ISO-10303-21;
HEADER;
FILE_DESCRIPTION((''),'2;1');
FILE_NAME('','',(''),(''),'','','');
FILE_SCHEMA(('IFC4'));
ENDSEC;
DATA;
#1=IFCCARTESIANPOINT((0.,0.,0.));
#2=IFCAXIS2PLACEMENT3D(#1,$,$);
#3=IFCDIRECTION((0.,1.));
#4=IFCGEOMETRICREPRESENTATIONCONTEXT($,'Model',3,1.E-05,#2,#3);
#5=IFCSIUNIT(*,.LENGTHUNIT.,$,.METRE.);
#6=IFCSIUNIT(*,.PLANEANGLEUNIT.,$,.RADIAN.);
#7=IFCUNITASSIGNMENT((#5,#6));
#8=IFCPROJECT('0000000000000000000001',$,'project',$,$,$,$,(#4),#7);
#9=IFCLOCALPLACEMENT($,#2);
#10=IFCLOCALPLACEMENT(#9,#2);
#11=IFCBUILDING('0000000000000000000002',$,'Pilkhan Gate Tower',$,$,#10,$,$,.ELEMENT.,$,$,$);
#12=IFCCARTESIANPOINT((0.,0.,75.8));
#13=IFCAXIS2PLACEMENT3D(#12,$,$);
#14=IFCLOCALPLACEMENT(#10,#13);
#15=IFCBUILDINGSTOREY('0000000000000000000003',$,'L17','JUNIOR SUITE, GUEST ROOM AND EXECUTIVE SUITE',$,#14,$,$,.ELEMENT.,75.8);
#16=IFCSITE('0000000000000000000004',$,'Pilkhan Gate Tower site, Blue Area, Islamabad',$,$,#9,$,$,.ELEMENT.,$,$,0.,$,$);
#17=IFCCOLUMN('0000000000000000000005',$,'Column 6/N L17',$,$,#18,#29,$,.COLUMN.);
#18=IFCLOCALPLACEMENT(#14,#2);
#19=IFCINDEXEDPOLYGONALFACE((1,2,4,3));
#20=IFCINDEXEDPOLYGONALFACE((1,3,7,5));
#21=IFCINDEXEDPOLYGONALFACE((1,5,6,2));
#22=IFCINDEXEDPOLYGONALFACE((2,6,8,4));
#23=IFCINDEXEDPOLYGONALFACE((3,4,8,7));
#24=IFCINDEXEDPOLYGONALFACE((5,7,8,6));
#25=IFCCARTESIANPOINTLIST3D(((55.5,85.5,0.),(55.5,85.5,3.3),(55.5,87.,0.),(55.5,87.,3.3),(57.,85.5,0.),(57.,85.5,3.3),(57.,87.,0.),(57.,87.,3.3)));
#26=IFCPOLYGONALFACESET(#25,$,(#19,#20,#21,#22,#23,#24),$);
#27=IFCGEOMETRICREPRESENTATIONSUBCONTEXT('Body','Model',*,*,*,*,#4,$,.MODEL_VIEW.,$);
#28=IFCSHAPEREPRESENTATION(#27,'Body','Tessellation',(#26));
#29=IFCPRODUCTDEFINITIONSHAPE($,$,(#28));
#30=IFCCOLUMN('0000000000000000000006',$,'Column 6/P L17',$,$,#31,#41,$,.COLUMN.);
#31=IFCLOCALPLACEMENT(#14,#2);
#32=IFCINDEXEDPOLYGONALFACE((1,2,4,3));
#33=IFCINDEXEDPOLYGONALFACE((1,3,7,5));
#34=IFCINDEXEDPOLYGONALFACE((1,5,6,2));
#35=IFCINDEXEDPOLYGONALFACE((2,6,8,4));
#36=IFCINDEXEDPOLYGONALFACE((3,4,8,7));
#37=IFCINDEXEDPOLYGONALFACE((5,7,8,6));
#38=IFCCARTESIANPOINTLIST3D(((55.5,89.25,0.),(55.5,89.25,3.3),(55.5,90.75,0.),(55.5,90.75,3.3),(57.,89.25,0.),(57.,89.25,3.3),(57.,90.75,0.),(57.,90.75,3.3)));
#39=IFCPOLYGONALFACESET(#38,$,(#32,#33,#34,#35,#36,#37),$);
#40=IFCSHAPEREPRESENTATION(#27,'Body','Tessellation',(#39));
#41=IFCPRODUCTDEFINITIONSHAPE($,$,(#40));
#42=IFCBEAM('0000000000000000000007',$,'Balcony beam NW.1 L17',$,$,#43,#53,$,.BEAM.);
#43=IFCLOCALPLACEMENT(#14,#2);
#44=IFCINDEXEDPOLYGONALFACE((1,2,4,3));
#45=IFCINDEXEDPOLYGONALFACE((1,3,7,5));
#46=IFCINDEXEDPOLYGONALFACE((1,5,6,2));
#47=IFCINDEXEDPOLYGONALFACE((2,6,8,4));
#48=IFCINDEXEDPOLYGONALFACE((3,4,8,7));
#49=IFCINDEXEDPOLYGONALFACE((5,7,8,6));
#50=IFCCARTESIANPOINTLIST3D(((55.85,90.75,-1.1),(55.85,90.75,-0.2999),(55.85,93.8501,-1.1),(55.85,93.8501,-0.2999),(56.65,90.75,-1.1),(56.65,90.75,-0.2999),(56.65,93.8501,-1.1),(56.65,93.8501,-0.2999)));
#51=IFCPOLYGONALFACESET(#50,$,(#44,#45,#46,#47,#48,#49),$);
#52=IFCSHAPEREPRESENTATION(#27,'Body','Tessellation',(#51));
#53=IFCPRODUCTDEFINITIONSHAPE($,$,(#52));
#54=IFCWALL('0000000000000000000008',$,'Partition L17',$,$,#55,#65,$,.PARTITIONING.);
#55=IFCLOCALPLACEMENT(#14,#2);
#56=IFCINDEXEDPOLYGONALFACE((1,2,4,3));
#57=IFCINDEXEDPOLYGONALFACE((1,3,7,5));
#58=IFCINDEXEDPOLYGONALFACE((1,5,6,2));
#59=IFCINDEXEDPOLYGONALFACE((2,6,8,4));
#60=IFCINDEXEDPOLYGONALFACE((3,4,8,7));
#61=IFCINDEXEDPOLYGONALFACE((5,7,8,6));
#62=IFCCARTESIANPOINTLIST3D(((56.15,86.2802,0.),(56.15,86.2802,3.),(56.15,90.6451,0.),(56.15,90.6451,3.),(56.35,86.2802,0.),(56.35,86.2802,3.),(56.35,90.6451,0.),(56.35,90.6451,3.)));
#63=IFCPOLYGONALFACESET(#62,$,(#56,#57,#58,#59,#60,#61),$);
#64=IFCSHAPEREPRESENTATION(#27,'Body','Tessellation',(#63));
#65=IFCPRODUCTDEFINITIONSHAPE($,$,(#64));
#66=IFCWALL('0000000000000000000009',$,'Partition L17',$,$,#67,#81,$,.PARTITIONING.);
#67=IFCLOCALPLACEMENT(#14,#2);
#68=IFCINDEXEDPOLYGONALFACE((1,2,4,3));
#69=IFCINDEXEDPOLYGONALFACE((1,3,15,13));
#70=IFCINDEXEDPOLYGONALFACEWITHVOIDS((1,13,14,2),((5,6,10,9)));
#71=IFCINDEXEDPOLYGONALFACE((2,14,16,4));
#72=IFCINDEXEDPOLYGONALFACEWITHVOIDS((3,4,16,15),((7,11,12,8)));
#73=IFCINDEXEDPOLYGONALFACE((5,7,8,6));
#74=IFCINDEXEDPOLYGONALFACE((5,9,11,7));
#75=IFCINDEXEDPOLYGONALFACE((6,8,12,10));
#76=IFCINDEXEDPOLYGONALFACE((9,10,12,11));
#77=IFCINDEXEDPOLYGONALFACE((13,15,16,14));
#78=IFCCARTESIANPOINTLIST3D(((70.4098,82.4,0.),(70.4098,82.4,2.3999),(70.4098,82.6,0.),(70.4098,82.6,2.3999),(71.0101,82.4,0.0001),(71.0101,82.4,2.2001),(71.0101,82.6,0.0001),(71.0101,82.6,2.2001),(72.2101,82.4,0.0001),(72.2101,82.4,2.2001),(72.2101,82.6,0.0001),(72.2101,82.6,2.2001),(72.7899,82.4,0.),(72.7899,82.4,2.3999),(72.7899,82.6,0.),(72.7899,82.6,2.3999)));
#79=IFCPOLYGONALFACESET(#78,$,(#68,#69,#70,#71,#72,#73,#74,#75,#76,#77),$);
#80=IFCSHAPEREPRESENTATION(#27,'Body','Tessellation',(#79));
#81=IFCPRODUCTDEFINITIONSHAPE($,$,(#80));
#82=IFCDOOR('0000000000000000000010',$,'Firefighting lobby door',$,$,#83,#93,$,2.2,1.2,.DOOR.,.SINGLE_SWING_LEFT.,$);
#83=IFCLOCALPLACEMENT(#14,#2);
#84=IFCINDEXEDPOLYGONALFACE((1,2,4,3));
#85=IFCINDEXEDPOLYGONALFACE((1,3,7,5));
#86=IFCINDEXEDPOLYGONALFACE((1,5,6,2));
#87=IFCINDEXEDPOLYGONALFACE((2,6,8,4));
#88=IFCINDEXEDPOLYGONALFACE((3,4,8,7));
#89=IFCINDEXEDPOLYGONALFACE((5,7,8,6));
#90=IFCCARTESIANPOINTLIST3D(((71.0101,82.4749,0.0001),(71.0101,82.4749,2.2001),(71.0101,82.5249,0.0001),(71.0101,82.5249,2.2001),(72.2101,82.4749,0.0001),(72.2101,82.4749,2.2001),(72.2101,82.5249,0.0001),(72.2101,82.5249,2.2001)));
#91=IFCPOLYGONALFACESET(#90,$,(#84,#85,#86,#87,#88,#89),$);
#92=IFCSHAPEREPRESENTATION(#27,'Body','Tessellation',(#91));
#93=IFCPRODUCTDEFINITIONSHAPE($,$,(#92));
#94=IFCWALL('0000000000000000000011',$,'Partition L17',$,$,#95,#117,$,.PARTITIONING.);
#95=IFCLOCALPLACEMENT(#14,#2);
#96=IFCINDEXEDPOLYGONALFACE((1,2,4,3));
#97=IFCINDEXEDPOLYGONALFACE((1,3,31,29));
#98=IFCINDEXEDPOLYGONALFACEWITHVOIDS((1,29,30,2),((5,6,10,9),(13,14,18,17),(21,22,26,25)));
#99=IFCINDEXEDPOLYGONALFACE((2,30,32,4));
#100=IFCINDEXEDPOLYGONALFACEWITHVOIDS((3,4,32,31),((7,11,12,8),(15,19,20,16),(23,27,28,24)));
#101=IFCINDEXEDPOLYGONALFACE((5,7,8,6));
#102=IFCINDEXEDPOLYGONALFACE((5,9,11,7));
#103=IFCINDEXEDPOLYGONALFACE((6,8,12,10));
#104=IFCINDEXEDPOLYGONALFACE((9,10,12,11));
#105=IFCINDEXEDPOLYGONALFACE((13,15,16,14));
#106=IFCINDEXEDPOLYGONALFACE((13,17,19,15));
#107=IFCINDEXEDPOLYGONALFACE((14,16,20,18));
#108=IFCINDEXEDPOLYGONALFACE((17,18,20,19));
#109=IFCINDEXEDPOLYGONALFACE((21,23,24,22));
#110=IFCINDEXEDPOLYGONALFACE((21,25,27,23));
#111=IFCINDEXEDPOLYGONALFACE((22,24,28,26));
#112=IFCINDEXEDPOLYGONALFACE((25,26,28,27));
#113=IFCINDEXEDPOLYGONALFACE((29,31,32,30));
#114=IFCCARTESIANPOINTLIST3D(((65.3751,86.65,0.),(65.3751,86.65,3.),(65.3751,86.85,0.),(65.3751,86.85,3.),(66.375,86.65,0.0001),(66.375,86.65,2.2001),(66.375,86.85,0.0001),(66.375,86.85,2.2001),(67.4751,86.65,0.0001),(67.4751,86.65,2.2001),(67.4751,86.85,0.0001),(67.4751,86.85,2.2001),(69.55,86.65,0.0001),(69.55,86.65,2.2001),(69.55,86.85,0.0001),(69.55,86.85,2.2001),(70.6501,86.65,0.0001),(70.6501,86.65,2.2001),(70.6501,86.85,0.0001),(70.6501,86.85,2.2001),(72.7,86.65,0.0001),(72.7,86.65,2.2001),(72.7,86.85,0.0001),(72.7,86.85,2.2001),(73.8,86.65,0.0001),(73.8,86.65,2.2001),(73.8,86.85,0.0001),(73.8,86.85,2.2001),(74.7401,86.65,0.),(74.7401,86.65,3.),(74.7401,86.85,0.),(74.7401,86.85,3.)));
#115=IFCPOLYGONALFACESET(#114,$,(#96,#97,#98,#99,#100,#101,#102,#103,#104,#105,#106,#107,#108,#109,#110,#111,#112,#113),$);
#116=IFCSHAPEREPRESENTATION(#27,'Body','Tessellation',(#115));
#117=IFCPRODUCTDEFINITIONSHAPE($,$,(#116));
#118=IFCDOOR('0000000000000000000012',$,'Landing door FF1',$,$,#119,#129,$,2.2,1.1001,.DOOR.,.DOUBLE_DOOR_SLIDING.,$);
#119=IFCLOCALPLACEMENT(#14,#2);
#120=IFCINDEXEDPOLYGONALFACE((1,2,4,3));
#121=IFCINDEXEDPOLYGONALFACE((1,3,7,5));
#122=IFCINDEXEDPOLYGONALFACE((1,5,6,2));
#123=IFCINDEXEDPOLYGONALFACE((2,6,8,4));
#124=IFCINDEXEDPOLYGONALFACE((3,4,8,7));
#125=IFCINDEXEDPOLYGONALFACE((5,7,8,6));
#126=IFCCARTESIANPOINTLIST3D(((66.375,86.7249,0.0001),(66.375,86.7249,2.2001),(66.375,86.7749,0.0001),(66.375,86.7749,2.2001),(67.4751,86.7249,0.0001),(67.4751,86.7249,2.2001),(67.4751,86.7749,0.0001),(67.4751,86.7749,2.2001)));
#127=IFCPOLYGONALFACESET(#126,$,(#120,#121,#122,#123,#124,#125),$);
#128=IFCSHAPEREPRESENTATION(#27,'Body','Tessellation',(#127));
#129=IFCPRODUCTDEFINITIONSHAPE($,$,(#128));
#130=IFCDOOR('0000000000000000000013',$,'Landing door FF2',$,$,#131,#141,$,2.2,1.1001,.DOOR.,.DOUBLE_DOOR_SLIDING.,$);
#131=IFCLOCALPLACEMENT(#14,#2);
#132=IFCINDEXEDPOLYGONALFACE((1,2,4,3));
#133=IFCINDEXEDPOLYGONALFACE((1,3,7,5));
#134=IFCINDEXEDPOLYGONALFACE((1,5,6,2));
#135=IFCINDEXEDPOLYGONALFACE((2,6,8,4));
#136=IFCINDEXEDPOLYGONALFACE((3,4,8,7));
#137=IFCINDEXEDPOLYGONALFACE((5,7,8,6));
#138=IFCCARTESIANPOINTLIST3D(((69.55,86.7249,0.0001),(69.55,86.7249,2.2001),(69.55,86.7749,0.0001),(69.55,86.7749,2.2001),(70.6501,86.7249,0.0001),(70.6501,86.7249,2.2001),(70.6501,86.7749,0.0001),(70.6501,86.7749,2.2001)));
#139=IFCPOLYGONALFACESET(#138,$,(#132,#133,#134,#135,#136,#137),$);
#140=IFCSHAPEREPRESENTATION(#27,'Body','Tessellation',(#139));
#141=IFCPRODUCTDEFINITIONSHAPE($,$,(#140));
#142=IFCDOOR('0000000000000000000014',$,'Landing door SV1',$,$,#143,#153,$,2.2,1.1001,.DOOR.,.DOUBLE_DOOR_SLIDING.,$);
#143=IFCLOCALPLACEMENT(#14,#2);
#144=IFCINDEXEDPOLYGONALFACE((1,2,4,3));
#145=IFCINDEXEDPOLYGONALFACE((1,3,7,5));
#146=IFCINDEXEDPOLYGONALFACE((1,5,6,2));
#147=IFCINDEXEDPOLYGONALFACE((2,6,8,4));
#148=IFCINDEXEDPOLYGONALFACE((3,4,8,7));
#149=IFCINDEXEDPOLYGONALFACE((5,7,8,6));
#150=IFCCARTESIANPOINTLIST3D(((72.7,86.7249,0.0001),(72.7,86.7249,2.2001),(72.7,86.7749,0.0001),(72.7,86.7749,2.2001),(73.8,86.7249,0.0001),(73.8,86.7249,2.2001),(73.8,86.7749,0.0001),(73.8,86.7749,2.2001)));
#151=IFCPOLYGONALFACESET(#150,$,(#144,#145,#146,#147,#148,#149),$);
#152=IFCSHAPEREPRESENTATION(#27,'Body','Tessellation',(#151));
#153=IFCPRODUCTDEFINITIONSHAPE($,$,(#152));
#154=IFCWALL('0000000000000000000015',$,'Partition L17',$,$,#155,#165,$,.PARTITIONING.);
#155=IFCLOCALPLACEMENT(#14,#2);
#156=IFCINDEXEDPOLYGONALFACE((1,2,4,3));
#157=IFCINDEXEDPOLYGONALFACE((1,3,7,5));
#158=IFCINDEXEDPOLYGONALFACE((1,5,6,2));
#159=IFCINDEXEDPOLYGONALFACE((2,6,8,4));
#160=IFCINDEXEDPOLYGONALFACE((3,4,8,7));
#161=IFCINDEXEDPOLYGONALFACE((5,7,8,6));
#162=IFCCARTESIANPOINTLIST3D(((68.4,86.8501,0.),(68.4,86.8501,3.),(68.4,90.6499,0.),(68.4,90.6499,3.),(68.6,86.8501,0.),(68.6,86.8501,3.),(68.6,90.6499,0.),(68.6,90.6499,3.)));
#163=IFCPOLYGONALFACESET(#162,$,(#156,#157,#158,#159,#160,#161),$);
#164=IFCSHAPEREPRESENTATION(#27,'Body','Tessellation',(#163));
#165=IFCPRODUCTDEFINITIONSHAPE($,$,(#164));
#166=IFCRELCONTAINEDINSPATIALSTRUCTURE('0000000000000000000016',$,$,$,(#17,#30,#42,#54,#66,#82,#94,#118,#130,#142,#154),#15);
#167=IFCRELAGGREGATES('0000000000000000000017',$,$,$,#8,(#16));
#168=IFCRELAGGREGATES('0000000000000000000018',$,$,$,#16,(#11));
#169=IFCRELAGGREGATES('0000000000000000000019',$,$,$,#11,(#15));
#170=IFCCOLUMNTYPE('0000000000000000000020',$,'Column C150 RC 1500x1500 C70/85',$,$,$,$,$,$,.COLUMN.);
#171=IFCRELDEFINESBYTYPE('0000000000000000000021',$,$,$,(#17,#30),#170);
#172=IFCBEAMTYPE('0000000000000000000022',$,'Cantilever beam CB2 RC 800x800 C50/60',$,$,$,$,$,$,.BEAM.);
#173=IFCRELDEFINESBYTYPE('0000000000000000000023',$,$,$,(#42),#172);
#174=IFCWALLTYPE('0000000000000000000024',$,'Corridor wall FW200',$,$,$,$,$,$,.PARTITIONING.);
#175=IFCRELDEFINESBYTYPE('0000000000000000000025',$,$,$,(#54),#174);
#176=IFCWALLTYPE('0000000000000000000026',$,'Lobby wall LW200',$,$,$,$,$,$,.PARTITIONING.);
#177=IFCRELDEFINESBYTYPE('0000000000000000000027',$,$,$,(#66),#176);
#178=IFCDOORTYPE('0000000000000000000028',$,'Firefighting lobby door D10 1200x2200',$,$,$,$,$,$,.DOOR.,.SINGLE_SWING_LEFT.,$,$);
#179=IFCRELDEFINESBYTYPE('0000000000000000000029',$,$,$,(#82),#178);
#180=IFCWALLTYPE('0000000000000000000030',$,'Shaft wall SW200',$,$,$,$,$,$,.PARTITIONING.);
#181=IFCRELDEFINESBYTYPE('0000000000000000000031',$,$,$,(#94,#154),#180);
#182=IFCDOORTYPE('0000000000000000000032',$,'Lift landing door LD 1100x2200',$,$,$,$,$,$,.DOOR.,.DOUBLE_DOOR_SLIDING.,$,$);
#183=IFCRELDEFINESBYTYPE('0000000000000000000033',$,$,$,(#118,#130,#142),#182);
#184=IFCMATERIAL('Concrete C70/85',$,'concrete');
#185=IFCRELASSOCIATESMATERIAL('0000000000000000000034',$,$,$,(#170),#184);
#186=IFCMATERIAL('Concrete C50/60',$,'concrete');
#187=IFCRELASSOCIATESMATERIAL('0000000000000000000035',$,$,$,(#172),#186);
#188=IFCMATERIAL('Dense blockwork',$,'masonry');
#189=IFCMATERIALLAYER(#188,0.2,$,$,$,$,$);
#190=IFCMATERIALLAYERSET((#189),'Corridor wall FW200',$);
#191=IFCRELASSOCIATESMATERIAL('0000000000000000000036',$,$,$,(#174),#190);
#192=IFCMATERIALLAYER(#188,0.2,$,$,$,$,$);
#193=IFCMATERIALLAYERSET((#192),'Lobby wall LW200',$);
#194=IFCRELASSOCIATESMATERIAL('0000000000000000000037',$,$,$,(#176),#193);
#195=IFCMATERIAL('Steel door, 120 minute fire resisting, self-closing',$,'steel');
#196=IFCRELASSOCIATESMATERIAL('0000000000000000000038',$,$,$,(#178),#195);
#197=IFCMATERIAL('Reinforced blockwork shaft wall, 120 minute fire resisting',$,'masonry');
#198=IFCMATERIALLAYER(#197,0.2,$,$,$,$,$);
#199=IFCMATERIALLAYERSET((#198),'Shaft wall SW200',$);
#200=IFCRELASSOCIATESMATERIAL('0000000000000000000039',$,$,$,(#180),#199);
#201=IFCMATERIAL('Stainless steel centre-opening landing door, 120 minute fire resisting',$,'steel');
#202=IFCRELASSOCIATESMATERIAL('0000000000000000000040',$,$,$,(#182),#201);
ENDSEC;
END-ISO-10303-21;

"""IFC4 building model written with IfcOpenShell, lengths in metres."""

from ifc_helpers import new_model, si_unit, direction, frame, frame_2d, origin, origin_2d, place, context, subcontext, project, spatial, rectangle, extrude, material, layer, layer_set, material_profile, profile_set, type_object, element, fill, save


model = new_model("IFC4")

# Units and contexts
model_context = context("Model", 3, precision=1e-05, world=origin(), true_north=direction((0.0, 1.0)))
body_context = subcontext(model_context, "Body", "Model", "MODEL_VIEW")
ifc_project = project(units=[si_unit("LENGTHUNIT", "METRE"), si_unit("PLANEANGLEUNIT", "RADIAN")], contexts=[model_context])

# Site, building, storey
site_placement = place(None, origin())
site = spatial("IfcSite", under=ifc_project, at=site_placement, Name="Pilkhan Gate Tower site, Blue Area, Islamabad", CompositionType="ELEMENT", RefElevation=0.0)
building_placement = place(site_placement, origin())
building = spatial("IfcBuilding", under=site, at=building_placement, Name="Pilkhan Gate Tower", CompositionType="ELEMENT")
storey_placement = place(building_placement, frame((0.0, 0.0, 75.8)))
storey = spatial("IfcBuildingStorey", under=building, at=storey_placement, Name="L17", Description="JUNIOR SUITE, GUEST ROOM AND EXECUTIVE SUITE", CompositionType="ELEMENT", Elevation=75.8)

# Columns
ifc_material_1 = material(Name="Concrete C70/85", Category="concrete")
ifc_material_profile_1 = material_profile(ifc_material_1, rectangle(XDim=1.5, YDim=1.5, at=origin_2d()), Name="RC 1500x1500")
ifc_profile_set_1 = profile_set([ifc_material_profile_1], Name="Concrete C70/85")
column_type = type_object("IfcColumnType", Name="Column C150 RC 1500x1500 C70/85", PredefinedType="COLUMN", material=ifc_profile_set_1)
for number, where, z_axis, x_axis, name in (
    (1, (56.25, 86.25, 0.0), (0.0, 0.0, 1.0), (1.0, 0.0, 0.0), "Column 6/N L17"),
    (2, (56.25, 90.0, 0.0), (0.0, 0.0, 1.0), (1.0, 0.0, 0.0), "Column 6/P L17"),
):
    element("IfcColumn", number, at=place(storey_placement, frame(where, z_axis=z_axis, x_axis=x_axis)), inside=storey, type_object=column_type, Name=name, PredefinedType="COLUMN", context=body_context, shape_type="SweptSolid", body=[
        extrude(rectangle(XDim=1.5, YDim=1.5, at=origin_2d()), origin(), (0.0, 0.0, 1.0), 3.3),
    ])

# Beam
ifc_material_2 = material(Name="Concrete C50/60", Category="concrete")
ifc_material_profile_2 = material_profile(ifc_material_2, rectangle(XDim=0.8, YDim=0.8, at=origin_2d()), Name="RC 800x800")
ifc_profile_set_2 = profile_set([ifc_material_profile_2], Name="Concrete C50/60")
beam_type = type_object("IfcBeamType", Name="Cantilever beam CB2 RC 800x800 C50/60", PredefinedType="BEAM", material=ifc_profile_set_2)
beam_placement = place(storey_placement, frame((56.25, 90.75, -0.7), z_axis=(0.0, 1.0, 0.0), x_axis=(-1.0, 0.0, 0.0)))
element("IfcBeam", 3, at=beam_placement, inside=storey, type_object=beam_type, Name="Balcony beam NW.1 L17", PredefinedType="BEAM", context=body_context, shape_type="SweptSolid", body=[
    extrude(rectangle(XDim=0.8, YDim=0.8, at=origin_2d()), origin(), (0.0, 0.0, 1.0), 3.1001),
])

# Wall
ifc_material_3 = material(Name="Dense blockwork", Category="masonry")
ifc_layer_1 = layer(ifc_material_3, 0.2)
ifc_layer_set_1 = layer_set([ifc_layer_1], Name="Corridor wall FW200")
wall_type_1 = type_object("IfcWallType", Name="Corridor wall FW200", PredefinedType="PARTITIONING", material=ifc_layer_set_1)
wall_1_placement = place(storey_placement, frame((56.25, 86.28, 0.0), z_axis=(0.0, 0.0, 1.0), x_axis=(0.0, 1.0, 0.0)))
element("IfcWall", 4, at=wall_1_placement, inside=storey, type_object=wall_type_1, Name="Partition L17", PredefinedType="PARTITIONING", context=body_context, shape_type="SweptSolid", body=[
    extrude(rectangle(XDim=4.365, YDim=0.2, at=frame_2d((2.1826, 0.0))), origin(), (0.0, 0.0, 1.0), 3.0),
])

# Wall, opening, door
ifc_layer_2 = layer(ifc_material_3, 0.2)
ifc_layer_set_2 = layer_set([ifc_layer_2], Name="Lobby wall LW200")
wall_type_2 = type_object("IfcWallType", Name="Lobby wall LW200", PredefinedType="PARTITIONING", material=ifc_layer_set_2)
wall_2_placement = place(storey_placement, frame((70.4099, 82.5, 0.0), z_axis=(0.0, 0.0, 1.0), x_axis=(1.0, 0.0, 0.0)))
wall_2 = element("IfcWall", 5, at=wall_2_placement, inside=storey, type_object=wall_type_2, Name="Partition L17", PredefinedType="PARTITIONING", context=body_context, shape_type="SweptSolid", body=[
    extrude(rectangle(XDim=2.3801, YDim=0.2, at=frame_2d((1.1899, 0.0))), origin(), (0.0, 0.0, 1.0), 2.3999),
])
opening_1_placement = place(wall_2_placement, frame((0.6001, 0.0, 0.0)))
opening_1 = element("IfcOpeningElement", 6, at=opening_1_placement, cuts=wall_2, PredefinedType="OPENING", context=body_context, shape_type="SweptSolid", body=[
    extrude(rectangle(XDim=1.2, YDim=2.2, at=frame_2d((0.6001, 1.1001))), frame((0.0, 0.1099, 0.0), z_axis=(0.0, -1.0, 0.0), x_axis=(1.0, 0.0, 0.0)), (0.0, 0.0, 1.0), 0.22),
])
ifc_material_4 = material(Name="Steel door, 120 minute fire resisting, self-closing", Category="steel")
door_type_1 = type_object("IfcDoorType", Name="Firefighting lobby door D10 1200x2200", OperationType="SINGLE_SWING_LEFT", PredefinedType="DOOR", material=ifc_material_4)
door_1_placement = place(opening_1_placement, origin())
door_1 = element("IfcDoor", 7, at=door_1_placement, inside=storey, type_object=door_type_1, Name="Firefighting lobby door", OperationType="SINGLE_SWING_LEFT", OverallHeight=2.2, OverallWidth=1.2, PredefinedType="DOOR", context=body_context, shape_type="SweptSolid", body=[
    extrude(rectangle(XDim=1.2, YDim=2.2, at=frame_2d((0.6001, 1.1001))), frame((0.0, 0.0249, 0.0), z_axis=(0.0, -1.0, 0.0), x_axis=(1.0, 0.0, 0.0)), (0.0, 0.0, 1.0), 0.05),
])
fill(opening_1, door_1)

# Wall, openings, doors
ifc_material_5 = material(Name="Reinforced blockwork shaft wall, 120 minute fire resisting", Category="masonry")
ifc_layer_3 = layer(ifc_material_5, 0.2)
ifc_layer_set_3 = layer_set([ifc_layer_3], Name="Shaft wall SW200")
wall_type_3 = type_object("IfcWallType", Name="Shaft wall SW200", PredefinedType="PARTITIONING", material=ifc_layer_set_3)
wall_3_placement = place(storey_placement, frame((65.375, 86.75, 0.0), z_axis=(0.0, 0.0, 1.0), x_axis=(1.0, 0.0, 0.0)))
wall_3 = element("IfcWall", 8, at=wall_3_placement, inside=storey, type_object=wall_type_3, Name="Partition L17", PredefinedType="PARTITIONING", context=body_context, shape_type="SweptSolid", body=[
    extrude(rectangle(XDim=9.365, YDim=0.2, at=frame_2d((4.6826, 0.0))), origin(), (0.0, 0.0, 1.0), 3.0),
])
opening_2_placement = place(wall_3_placement, frame((1.0, 0.0, 0.0)))
opening_2 = element("IfcOpeningElement", 9, at=opening_2_placement, cuts=wall_3, PredefinedType="OPENING", context=body_context, shape_type="SweptSolid", body=[
    extrude(rectangle(XDim=1.1001, YDim=2.2, at=frame_2d((0.55, 1.1001))), frame((0.0, 0.1099, 0.0), z_axis=(0.0, -1.0, 0.0), x_axis=(1.0, 0.0, 0.0)), (0.0, 0.0, 1.0), 0.22),
])
opening_3_placement = place(wall_3_placement, frame((4.175, 0.0, 0.0)))
opening_3 = element("IfcOpeningElement", 10, at=opening_3_placement, cuts=wall_3, PredefinedType="OPENING", context=body_context, shape_type="SweptSolid", body=[
    extrude(rectangle(XDim=1.1001, YDim=2.2, at=frame_2d((0.55, 1.1001))), frame((0.0, 0.1099, 0.0), z_axis=(0.0, -1.0, 0.0), x_axis=(1.0, 0.0, 0.0)), (0.0, 0.0, 1.0), 0.22),
])
opening_4_placement = place(wall_3_placement, frame((7.325, 0.0, 0.0)))
opening_4 = element("IfcOpeningElement", 11, at=opening_4_placement, cuts=wall_3, PredefinedType="OPENING", context=body_context, shape_type="SweptSolid", body=[
    extrude(rectangle(XDim=1.1001, YDim=2.2, at=frame_2d((0.55, 1.1001))), frame((0.0, 0.1099, 0.0), z_axis=(0.0, -1.0, 0.0), x_axis=(1.0, 0.0, 0.0)), (0.0, 0.0, 1.0), 0.22),
])
ifc_material_6 = material(Name="Stainless steel centre-opening landing door, 120 minute fire resisting", Category="steel")
door_type_2 = type_object("IfcDoorType", Name="Lift landing door LD 1100x2200", OperationType="DOUBLE_DOOR_SLIDING", PredefinedType="DOOR", material=ifc_material_6)
door_2_placement = place(opening_2_placement, origin())
door_2 = element("IfcDoor", 12, at=door_2_placement, inside=storey, type_object=door_type_2, Name="Landing door FF1", OperationType="DOUBLE_DOOR_SLIDING", OverallHeight=2.2, OverallWidth=1.1001, PredefinedType="DOOR", context=body_context, shape_type="SweptSolid", body=[
    extrude(rectangle(XDim=1.1001, YDim=2.2, at=frame_2d((0.55, 1.1001))), frame((0.0, 0.0249, 0.0), z_axis=(0.0, -1.0, 0.0), x_axis=(1.0, 0.0, 0.0)), (0.0, 0.0, 1.0), 0.05),
])
fill(opening_2, door_2)
door_3_placement = place(opening_3_placement, origin())
door_3 = element("IfcDoor", 13, at=door_3_placement, inside=storey, type_object=door_type_2, Name="Landing door FF2", OperationType="DOUBLE_DOOR_SLIDING", OverallHeight=2.2, OverallWidth=1.1001, PredefinedType="DOOR", context=body_context, shape_type="SweptSolid", body=[
    extrude(rectangle(XDim=1.1001, YDim=2.2, at=frame_2d((0.55, 1.1001))), frame((0.0, 0.0249, 0.0), z_axis=(0.0, -1.0, 0.0), x_axis=(1.0, 0.0, 0.0)), (0.0, 0.0, 1.0), 0.05),
])
fill(opening_3, door_3)
door_4_placement = place(opening_4_placement, origin())
door_4 = element("IfcDoor", 14, at=door_4_placement, inside=storey, type_object=door_type_2, Name="Landing door SV1", OperationType="DOUBLE_DOOR_SLIDING", OverallHeight=2.2, OverallWidth=1.1001, PredefinedType="DOOR", context=body_context, shape_type="SweptSolid", body=[
    extrude(rectangle(XDim=1.1001, YDim=2.2, at=frame_2d((0.55, 1.1001))), frame((0.0, 0.0249, 0.0), z_axis=(0.0, -1.0, 0.0), x_axis=(1.0, 0.0, 0.0)), (0.0, 0.0, 1.0), 0.05),
])
fill(opening_4, door_4)

# Wall
wall_4_placement = place(storey_placement, frame((68.5, 86.8501, 0.0), z_axis=(0.0, 0.0, 1.0), x_axis=(0.0, 1.0, 0.0)))
element("IfcWall", 15, at=wall_4_placement, inside=storey, type_object=wall_type_3, Name="Partition L17", PredefinedType="PARTITIONING", context=body_context, shape_type="SweptSolid", body=[
    extrude(rectangle(XDim=3.7998, YDim=0.2, at=frame_2d((1.8999, 0.0))), origin(), (0.0, 0.0, 1.0), 3.0),
])

save(model, "model.ifc")
